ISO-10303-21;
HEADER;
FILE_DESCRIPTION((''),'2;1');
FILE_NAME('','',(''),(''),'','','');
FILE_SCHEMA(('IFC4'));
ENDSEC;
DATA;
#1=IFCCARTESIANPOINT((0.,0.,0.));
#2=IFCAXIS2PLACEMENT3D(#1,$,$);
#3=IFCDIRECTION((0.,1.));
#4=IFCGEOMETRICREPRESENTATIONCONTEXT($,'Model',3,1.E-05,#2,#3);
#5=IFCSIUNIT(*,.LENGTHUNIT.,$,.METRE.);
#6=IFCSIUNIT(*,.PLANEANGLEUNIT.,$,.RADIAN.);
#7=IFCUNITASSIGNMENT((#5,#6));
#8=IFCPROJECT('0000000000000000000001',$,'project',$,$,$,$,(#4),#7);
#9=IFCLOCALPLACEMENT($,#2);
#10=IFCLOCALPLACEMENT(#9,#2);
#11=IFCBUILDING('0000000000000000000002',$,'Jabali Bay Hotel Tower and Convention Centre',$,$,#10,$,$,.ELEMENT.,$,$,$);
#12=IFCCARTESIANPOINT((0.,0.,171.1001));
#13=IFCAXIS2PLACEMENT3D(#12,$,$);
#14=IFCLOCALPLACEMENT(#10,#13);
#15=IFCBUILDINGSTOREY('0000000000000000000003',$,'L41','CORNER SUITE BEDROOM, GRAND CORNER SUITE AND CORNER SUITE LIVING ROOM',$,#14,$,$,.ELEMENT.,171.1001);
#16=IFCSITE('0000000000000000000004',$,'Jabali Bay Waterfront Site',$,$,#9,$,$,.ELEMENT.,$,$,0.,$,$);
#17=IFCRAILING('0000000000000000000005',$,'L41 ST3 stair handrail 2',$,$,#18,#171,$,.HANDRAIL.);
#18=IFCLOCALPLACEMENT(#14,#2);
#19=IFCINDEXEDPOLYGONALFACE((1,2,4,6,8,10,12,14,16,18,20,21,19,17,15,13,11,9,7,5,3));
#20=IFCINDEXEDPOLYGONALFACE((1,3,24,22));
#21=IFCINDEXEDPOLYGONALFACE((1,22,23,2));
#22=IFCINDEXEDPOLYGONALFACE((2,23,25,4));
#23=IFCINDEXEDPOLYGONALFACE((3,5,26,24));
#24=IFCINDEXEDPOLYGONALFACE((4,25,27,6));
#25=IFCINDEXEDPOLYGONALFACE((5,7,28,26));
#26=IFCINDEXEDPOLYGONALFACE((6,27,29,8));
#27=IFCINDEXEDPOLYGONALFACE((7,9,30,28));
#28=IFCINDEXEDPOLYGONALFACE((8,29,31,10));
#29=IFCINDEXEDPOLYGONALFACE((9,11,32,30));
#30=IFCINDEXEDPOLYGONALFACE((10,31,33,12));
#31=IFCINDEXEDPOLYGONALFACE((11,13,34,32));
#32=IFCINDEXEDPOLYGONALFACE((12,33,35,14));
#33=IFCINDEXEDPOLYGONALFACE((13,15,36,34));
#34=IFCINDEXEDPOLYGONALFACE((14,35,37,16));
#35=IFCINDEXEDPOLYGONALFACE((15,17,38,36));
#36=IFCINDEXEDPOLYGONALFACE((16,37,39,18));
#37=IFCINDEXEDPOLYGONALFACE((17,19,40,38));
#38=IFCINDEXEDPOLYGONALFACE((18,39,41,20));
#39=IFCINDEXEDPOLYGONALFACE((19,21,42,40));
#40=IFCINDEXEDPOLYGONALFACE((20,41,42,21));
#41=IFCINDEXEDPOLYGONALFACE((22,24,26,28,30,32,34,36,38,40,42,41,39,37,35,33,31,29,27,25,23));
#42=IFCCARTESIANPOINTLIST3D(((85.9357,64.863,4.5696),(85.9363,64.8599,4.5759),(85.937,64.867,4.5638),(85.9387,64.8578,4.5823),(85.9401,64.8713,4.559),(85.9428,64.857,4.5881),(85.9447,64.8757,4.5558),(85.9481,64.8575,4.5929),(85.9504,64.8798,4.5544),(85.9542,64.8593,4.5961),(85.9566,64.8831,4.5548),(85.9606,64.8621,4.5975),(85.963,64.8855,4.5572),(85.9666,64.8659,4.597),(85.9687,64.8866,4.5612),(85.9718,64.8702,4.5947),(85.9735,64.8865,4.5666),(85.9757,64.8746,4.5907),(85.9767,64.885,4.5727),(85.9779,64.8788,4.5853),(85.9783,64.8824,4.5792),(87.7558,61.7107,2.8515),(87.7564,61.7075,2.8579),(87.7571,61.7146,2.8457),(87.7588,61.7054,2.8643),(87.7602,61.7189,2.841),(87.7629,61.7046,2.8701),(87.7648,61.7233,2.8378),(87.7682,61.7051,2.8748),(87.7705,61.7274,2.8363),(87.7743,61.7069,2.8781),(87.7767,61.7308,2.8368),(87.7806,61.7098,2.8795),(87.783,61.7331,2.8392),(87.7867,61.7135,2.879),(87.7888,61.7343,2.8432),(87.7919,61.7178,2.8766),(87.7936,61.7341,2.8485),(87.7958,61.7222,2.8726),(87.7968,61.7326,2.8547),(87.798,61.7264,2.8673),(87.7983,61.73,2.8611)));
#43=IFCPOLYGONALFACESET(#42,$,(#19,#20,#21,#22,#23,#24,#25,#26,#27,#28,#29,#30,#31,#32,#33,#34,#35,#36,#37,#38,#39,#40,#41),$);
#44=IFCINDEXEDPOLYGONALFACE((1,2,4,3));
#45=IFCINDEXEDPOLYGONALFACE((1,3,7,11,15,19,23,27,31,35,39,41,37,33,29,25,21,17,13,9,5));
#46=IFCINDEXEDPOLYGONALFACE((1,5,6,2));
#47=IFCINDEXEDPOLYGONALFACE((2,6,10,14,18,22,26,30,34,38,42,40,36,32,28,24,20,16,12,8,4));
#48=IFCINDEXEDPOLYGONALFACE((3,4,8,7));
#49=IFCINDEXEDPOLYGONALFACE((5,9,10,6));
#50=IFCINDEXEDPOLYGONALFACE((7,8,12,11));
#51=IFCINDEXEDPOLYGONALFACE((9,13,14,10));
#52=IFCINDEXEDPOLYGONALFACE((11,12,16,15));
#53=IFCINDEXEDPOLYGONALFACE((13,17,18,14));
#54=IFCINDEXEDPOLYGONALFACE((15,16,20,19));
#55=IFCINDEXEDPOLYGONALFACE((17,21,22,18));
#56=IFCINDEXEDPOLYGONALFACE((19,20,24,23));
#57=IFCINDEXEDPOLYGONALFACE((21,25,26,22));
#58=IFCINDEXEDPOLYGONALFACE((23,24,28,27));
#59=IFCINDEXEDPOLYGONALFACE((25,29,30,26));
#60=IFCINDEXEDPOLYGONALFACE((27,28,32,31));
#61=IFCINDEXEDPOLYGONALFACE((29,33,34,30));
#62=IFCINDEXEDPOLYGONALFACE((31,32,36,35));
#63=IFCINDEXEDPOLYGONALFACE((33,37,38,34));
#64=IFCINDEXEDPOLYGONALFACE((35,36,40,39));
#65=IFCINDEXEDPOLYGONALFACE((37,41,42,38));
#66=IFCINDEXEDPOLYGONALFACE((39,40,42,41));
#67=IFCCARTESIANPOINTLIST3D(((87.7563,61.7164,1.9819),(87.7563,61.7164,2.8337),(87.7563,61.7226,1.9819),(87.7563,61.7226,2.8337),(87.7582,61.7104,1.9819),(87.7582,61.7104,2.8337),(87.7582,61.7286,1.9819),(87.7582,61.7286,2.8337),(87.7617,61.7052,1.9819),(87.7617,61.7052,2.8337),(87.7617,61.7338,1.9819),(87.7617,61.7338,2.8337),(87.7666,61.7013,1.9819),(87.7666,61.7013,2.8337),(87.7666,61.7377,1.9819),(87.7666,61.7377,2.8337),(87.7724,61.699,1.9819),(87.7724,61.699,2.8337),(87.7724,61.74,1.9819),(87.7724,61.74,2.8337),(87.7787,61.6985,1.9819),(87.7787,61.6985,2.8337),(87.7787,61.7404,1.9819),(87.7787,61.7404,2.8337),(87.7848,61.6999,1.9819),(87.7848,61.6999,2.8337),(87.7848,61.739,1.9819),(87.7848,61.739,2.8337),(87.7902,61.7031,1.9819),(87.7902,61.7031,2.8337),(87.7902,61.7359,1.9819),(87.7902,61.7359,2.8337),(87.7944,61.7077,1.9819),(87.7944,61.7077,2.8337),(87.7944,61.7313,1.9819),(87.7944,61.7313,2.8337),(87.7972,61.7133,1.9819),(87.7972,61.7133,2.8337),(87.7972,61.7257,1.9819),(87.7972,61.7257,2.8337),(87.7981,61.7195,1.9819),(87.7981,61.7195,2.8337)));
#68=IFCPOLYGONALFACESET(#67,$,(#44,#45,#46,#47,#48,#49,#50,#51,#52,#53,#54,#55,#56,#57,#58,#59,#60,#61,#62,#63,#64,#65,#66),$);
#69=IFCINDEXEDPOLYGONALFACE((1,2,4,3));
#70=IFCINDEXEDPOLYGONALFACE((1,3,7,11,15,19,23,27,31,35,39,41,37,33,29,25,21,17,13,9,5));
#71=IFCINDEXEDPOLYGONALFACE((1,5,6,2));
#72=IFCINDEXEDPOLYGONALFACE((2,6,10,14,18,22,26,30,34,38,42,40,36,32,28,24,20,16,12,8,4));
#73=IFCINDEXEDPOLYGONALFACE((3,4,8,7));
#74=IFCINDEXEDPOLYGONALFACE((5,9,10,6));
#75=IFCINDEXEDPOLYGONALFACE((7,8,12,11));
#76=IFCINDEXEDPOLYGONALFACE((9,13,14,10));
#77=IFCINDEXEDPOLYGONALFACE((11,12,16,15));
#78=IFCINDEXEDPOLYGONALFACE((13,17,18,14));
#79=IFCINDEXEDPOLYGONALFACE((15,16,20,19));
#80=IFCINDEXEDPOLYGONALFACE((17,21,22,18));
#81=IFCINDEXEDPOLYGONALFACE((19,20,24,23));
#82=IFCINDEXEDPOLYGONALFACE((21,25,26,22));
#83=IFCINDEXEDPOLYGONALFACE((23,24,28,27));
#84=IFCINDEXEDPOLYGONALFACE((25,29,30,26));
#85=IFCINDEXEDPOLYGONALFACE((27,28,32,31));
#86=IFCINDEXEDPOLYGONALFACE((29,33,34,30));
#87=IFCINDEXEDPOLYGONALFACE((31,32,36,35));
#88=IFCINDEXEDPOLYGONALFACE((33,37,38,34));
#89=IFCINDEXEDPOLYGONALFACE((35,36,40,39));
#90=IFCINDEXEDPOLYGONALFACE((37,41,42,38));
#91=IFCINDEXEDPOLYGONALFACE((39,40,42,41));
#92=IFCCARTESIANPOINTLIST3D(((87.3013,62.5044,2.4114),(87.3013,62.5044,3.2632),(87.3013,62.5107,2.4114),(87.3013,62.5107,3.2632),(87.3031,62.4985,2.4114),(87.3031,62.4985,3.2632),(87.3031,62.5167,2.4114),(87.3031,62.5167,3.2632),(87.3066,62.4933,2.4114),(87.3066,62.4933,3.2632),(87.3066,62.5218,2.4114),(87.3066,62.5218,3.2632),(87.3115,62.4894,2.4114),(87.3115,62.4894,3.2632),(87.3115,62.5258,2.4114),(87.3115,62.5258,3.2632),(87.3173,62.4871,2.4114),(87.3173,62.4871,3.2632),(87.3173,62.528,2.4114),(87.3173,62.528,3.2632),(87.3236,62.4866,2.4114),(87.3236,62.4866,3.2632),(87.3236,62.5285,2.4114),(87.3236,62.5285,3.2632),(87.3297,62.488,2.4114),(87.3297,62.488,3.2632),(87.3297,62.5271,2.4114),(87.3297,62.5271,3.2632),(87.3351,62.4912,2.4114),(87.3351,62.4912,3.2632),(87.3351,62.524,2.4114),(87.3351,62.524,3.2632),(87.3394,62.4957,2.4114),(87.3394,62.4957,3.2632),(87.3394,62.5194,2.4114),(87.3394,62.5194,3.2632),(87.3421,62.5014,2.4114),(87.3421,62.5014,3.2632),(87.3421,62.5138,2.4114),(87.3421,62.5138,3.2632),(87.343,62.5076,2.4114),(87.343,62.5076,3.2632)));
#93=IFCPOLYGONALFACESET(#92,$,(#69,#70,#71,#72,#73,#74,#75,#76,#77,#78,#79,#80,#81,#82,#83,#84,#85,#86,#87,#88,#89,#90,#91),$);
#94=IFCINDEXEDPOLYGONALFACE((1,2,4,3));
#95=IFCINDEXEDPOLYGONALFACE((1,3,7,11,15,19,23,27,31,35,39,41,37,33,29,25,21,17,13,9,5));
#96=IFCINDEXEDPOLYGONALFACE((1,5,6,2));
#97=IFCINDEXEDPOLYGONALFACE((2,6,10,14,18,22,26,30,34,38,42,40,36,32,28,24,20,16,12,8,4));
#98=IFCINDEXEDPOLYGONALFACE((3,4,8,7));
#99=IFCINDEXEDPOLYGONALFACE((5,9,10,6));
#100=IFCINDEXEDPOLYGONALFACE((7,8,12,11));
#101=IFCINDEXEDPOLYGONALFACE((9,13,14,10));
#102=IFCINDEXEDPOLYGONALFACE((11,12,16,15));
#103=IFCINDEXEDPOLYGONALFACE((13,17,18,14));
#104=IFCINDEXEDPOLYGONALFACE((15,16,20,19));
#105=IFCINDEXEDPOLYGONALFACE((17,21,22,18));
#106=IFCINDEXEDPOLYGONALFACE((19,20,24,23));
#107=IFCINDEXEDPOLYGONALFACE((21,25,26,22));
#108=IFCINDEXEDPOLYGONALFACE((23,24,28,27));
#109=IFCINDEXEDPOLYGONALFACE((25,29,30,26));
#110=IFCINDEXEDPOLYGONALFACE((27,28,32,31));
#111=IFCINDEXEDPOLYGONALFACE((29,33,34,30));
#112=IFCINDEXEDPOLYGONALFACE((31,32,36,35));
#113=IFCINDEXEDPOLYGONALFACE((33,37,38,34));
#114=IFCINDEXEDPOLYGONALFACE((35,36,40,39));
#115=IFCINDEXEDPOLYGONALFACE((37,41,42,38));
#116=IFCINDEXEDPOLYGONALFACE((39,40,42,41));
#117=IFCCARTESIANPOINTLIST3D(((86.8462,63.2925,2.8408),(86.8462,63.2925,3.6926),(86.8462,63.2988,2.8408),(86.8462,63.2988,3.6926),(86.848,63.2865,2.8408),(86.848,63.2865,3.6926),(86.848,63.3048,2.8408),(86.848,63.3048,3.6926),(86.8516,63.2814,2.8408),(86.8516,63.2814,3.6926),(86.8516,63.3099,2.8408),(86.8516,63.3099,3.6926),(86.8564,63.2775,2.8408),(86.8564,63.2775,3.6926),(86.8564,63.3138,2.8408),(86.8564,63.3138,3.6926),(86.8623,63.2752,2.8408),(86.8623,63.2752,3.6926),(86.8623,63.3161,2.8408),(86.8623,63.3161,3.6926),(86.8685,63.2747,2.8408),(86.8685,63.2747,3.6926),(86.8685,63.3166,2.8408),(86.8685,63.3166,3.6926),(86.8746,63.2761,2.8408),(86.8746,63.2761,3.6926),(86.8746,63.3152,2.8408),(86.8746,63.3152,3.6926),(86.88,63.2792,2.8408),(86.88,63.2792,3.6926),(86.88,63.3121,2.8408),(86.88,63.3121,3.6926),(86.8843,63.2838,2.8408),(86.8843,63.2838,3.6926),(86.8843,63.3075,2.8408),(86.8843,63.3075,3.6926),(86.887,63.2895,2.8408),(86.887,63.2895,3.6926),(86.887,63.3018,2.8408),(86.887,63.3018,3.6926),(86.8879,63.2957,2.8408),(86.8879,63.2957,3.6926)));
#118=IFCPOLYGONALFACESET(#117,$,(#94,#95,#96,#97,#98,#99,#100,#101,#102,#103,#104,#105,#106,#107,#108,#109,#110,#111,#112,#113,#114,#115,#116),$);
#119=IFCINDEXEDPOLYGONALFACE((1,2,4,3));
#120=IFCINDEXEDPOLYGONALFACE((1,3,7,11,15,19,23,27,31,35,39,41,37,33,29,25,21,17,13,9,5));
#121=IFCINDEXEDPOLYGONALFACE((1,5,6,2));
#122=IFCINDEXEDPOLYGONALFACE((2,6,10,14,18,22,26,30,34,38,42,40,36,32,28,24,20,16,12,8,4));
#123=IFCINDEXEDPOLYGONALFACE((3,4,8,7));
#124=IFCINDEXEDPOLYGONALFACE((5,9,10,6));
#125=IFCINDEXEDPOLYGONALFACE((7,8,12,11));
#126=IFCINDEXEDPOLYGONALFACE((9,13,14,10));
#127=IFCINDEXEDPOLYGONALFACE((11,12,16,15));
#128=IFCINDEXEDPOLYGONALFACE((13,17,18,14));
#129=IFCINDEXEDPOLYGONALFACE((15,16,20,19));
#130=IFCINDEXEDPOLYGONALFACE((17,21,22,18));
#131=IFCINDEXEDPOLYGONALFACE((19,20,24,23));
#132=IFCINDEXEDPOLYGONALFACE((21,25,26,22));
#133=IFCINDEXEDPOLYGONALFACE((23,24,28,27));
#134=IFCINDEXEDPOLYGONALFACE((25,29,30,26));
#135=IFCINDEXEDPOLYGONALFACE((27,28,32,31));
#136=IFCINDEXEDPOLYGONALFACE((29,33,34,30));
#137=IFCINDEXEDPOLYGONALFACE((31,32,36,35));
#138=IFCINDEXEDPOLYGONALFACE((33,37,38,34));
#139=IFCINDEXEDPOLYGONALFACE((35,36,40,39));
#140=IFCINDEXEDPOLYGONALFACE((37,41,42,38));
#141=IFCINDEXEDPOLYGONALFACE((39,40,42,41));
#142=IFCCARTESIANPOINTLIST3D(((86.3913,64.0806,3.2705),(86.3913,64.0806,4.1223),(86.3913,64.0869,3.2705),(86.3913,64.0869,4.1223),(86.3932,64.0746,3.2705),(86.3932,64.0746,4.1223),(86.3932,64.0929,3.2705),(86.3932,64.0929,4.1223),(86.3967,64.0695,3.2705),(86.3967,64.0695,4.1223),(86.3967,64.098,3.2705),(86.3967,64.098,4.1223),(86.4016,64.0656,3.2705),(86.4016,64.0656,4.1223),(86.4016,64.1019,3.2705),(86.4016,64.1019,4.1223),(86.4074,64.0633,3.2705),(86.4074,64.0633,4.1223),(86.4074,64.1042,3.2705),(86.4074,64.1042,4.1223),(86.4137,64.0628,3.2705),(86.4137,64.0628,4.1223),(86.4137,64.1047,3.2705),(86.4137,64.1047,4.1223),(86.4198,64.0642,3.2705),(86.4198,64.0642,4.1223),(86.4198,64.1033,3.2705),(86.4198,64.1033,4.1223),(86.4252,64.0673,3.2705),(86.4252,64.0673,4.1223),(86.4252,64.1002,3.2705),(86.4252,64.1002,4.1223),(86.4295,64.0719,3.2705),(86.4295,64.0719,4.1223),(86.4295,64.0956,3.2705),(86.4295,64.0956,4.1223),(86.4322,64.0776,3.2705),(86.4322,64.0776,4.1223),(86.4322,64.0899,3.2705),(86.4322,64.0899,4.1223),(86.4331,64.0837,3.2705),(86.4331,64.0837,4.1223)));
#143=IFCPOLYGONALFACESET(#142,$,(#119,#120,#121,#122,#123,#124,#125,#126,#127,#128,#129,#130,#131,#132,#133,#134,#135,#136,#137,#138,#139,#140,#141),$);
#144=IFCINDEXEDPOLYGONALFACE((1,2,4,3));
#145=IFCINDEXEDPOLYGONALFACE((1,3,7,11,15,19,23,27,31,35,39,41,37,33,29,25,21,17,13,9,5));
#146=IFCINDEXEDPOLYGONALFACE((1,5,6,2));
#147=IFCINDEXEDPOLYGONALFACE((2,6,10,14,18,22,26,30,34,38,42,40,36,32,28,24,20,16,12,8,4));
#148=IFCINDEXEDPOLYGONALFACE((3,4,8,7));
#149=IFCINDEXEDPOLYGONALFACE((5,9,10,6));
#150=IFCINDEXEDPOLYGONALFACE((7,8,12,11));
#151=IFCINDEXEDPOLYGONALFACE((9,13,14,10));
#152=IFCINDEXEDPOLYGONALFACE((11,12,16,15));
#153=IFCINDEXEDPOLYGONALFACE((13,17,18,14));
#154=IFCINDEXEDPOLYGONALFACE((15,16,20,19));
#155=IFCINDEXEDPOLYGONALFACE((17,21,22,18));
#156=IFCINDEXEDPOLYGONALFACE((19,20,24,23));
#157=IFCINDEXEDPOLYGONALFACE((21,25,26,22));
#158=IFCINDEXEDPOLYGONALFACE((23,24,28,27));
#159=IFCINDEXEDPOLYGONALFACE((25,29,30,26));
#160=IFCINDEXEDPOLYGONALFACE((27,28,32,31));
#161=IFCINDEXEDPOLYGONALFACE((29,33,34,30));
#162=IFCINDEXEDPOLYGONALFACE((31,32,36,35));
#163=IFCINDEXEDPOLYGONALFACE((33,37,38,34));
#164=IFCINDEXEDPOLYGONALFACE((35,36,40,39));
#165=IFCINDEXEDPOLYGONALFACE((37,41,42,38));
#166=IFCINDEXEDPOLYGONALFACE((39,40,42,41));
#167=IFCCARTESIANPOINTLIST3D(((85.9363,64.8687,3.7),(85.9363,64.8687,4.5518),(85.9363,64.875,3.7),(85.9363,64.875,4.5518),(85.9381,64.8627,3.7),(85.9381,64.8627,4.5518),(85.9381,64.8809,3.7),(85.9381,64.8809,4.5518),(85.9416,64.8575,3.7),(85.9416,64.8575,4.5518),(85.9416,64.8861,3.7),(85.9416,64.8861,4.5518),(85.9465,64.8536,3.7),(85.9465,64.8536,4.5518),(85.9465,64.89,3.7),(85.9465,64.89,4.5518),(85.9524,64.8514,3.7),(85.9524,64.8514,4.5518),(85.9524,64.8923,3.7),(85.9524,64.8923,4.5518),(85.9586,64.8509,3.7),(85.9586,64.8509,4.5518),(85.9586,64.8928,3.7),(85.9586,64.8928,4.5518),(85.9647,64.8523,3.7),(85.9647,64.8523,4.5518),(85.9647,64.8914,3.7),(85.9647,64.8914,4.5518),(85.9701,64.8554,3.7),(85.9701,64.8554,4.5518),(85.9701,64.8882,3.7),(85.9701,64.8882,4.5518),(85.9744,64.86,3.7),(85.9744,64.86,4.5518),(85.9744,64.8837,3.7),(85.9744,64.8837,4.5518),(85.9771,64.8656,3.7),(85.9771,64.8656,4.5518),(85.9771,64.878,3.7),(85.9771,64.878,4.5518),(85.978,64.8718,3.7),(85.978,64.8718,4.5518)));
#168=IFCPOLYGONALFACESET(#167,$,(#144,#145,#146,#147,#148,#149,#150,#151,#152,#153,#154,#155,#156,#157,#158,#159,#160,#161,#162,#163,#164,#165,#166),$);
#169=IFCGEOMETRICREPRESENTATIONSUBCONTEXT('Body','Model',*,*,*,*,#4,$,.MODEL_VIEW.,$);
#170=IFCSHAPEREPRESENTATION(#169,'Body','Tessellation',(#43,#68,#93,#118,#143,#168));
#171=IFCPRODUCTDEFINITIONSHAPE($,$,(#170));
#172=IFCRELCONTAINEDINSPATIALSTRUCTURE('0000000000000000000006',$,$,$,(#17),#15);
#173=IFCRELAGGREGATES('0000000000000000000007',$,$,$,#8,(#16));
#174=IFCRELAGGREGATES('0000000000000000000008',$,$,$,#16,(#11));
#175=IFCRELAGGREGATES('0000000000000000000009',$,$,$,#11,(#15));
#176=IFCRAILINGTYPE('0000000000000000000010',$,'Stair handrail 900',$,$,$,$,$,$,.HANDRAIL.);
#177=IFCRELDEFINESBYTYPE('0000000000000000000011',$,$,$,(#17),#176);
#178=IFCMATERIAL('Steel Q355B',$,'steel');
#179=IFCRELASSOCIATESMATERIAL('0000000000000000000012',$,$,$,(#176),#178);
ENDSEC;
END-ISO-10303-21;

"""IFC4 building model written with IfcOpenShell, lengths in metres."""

from ifc_helpers import new_model, si_unit, direction, frame, origin, origin_2d, place, context, subcontext, project, spatial, circle, extrude, material, type_object, element, save


model = new_model("IFC4")

# Units and contexts
model_context = context("Model", 3, precision=1e-05, world=origin(), true_north=direction((0.0, 1.0)))
body_context = subcontext(model_context, "Body", "Model", "MODEL_VIEW")
ifc_project = project(units=[si_unit("LENGTHUNIT", "METRE"), si_unit("PLANEANGLEUNIT", "RADIAN")], contexts=[model_context])

# Site, building, storey
site_placement = place(None, origin())
site = spatial("IfcSite", under=ifc_project, at=site_placement, Name="Jabali Bay Waterfront Site", CompositionType="ELEMENT", RefElevation=0.0)
building_placement = place(site_placement, origin())
building = spatial("IfcBuilding", under=site, at=building_placement, Name="Jabali Bay Hotel Tower and Convention Centre", CompositionType="ELEMENT")
storey_placement = place(building_placement, frame((0.0, 0.0, 171.1001)))
storey = spatial("IfcBuildingStorey", under=building, at=storey_placement, Name="L41", Description="CORNER SUITE BEDROOM, GRAND CORNER SUITE AND CORNER SUITE LIVING ROOM", CompositionType="ELEMENT", Elevation=171.1001)

# Railing
ifc_material_1 = material(Name="Steel Q355B", Category="steel")
railing_type_1 = type_object("IfcRailingType", Name="Stair handrail 900", PredefinedType="HANDRAIL", material=ifc_material_1)
railing_1_placement = place(storey_placement, frame((87.7771, 61.7195, 1.9819)))
element("IfcRailing", 1, at=railing_1_placement, inside=storey, type_object=railing_type_1, Name="L41 ST3 stair handrail 2", PredefinedType="HANDRAIL", context=body_context, shape_type="SweptSolid", body=[
    extrude(circle(Radius=0.0239, at=origin_2d()), frame((0.0, 0.0, 0.876), z_axis=(-0.452179, 0.78317, 0.426825), x_axis=(-0.866018, -0.500013, 0.0)), (0.0, 0.0, 1.0), 4.0251),
    extrude(circle(Radius=0.021, at=origin_2d()), origin(), (0.0, 0.0, 1.0), 0.8518),
    extrude(circle(Radius=0.021, at=origin_2d()), frame((-0.4551, 0.7881, 0.4294)), (0.0, 0.0, 1.0), 0.8518),
    extrude(circle(Radius=0.021, at=origin_2d()), frame((-0.9102, 1.5762, 0.8589)), (0.0, 0.0, 1.0), 0.8518),
    extrude(circle(Radius=0.021, at=origin_2d()), frame((-1.365, 2.3643, 1.2886)), (0.0, 0.0, 1.0), 0.8518),
    extrude(circle(Radius=0.021, at=origin_2d()), frame((-1.8201, 3.1523, 1.718)), (0.0, 0.0, 1.0), 0.8518),
])

save(model, "model.ifc")
